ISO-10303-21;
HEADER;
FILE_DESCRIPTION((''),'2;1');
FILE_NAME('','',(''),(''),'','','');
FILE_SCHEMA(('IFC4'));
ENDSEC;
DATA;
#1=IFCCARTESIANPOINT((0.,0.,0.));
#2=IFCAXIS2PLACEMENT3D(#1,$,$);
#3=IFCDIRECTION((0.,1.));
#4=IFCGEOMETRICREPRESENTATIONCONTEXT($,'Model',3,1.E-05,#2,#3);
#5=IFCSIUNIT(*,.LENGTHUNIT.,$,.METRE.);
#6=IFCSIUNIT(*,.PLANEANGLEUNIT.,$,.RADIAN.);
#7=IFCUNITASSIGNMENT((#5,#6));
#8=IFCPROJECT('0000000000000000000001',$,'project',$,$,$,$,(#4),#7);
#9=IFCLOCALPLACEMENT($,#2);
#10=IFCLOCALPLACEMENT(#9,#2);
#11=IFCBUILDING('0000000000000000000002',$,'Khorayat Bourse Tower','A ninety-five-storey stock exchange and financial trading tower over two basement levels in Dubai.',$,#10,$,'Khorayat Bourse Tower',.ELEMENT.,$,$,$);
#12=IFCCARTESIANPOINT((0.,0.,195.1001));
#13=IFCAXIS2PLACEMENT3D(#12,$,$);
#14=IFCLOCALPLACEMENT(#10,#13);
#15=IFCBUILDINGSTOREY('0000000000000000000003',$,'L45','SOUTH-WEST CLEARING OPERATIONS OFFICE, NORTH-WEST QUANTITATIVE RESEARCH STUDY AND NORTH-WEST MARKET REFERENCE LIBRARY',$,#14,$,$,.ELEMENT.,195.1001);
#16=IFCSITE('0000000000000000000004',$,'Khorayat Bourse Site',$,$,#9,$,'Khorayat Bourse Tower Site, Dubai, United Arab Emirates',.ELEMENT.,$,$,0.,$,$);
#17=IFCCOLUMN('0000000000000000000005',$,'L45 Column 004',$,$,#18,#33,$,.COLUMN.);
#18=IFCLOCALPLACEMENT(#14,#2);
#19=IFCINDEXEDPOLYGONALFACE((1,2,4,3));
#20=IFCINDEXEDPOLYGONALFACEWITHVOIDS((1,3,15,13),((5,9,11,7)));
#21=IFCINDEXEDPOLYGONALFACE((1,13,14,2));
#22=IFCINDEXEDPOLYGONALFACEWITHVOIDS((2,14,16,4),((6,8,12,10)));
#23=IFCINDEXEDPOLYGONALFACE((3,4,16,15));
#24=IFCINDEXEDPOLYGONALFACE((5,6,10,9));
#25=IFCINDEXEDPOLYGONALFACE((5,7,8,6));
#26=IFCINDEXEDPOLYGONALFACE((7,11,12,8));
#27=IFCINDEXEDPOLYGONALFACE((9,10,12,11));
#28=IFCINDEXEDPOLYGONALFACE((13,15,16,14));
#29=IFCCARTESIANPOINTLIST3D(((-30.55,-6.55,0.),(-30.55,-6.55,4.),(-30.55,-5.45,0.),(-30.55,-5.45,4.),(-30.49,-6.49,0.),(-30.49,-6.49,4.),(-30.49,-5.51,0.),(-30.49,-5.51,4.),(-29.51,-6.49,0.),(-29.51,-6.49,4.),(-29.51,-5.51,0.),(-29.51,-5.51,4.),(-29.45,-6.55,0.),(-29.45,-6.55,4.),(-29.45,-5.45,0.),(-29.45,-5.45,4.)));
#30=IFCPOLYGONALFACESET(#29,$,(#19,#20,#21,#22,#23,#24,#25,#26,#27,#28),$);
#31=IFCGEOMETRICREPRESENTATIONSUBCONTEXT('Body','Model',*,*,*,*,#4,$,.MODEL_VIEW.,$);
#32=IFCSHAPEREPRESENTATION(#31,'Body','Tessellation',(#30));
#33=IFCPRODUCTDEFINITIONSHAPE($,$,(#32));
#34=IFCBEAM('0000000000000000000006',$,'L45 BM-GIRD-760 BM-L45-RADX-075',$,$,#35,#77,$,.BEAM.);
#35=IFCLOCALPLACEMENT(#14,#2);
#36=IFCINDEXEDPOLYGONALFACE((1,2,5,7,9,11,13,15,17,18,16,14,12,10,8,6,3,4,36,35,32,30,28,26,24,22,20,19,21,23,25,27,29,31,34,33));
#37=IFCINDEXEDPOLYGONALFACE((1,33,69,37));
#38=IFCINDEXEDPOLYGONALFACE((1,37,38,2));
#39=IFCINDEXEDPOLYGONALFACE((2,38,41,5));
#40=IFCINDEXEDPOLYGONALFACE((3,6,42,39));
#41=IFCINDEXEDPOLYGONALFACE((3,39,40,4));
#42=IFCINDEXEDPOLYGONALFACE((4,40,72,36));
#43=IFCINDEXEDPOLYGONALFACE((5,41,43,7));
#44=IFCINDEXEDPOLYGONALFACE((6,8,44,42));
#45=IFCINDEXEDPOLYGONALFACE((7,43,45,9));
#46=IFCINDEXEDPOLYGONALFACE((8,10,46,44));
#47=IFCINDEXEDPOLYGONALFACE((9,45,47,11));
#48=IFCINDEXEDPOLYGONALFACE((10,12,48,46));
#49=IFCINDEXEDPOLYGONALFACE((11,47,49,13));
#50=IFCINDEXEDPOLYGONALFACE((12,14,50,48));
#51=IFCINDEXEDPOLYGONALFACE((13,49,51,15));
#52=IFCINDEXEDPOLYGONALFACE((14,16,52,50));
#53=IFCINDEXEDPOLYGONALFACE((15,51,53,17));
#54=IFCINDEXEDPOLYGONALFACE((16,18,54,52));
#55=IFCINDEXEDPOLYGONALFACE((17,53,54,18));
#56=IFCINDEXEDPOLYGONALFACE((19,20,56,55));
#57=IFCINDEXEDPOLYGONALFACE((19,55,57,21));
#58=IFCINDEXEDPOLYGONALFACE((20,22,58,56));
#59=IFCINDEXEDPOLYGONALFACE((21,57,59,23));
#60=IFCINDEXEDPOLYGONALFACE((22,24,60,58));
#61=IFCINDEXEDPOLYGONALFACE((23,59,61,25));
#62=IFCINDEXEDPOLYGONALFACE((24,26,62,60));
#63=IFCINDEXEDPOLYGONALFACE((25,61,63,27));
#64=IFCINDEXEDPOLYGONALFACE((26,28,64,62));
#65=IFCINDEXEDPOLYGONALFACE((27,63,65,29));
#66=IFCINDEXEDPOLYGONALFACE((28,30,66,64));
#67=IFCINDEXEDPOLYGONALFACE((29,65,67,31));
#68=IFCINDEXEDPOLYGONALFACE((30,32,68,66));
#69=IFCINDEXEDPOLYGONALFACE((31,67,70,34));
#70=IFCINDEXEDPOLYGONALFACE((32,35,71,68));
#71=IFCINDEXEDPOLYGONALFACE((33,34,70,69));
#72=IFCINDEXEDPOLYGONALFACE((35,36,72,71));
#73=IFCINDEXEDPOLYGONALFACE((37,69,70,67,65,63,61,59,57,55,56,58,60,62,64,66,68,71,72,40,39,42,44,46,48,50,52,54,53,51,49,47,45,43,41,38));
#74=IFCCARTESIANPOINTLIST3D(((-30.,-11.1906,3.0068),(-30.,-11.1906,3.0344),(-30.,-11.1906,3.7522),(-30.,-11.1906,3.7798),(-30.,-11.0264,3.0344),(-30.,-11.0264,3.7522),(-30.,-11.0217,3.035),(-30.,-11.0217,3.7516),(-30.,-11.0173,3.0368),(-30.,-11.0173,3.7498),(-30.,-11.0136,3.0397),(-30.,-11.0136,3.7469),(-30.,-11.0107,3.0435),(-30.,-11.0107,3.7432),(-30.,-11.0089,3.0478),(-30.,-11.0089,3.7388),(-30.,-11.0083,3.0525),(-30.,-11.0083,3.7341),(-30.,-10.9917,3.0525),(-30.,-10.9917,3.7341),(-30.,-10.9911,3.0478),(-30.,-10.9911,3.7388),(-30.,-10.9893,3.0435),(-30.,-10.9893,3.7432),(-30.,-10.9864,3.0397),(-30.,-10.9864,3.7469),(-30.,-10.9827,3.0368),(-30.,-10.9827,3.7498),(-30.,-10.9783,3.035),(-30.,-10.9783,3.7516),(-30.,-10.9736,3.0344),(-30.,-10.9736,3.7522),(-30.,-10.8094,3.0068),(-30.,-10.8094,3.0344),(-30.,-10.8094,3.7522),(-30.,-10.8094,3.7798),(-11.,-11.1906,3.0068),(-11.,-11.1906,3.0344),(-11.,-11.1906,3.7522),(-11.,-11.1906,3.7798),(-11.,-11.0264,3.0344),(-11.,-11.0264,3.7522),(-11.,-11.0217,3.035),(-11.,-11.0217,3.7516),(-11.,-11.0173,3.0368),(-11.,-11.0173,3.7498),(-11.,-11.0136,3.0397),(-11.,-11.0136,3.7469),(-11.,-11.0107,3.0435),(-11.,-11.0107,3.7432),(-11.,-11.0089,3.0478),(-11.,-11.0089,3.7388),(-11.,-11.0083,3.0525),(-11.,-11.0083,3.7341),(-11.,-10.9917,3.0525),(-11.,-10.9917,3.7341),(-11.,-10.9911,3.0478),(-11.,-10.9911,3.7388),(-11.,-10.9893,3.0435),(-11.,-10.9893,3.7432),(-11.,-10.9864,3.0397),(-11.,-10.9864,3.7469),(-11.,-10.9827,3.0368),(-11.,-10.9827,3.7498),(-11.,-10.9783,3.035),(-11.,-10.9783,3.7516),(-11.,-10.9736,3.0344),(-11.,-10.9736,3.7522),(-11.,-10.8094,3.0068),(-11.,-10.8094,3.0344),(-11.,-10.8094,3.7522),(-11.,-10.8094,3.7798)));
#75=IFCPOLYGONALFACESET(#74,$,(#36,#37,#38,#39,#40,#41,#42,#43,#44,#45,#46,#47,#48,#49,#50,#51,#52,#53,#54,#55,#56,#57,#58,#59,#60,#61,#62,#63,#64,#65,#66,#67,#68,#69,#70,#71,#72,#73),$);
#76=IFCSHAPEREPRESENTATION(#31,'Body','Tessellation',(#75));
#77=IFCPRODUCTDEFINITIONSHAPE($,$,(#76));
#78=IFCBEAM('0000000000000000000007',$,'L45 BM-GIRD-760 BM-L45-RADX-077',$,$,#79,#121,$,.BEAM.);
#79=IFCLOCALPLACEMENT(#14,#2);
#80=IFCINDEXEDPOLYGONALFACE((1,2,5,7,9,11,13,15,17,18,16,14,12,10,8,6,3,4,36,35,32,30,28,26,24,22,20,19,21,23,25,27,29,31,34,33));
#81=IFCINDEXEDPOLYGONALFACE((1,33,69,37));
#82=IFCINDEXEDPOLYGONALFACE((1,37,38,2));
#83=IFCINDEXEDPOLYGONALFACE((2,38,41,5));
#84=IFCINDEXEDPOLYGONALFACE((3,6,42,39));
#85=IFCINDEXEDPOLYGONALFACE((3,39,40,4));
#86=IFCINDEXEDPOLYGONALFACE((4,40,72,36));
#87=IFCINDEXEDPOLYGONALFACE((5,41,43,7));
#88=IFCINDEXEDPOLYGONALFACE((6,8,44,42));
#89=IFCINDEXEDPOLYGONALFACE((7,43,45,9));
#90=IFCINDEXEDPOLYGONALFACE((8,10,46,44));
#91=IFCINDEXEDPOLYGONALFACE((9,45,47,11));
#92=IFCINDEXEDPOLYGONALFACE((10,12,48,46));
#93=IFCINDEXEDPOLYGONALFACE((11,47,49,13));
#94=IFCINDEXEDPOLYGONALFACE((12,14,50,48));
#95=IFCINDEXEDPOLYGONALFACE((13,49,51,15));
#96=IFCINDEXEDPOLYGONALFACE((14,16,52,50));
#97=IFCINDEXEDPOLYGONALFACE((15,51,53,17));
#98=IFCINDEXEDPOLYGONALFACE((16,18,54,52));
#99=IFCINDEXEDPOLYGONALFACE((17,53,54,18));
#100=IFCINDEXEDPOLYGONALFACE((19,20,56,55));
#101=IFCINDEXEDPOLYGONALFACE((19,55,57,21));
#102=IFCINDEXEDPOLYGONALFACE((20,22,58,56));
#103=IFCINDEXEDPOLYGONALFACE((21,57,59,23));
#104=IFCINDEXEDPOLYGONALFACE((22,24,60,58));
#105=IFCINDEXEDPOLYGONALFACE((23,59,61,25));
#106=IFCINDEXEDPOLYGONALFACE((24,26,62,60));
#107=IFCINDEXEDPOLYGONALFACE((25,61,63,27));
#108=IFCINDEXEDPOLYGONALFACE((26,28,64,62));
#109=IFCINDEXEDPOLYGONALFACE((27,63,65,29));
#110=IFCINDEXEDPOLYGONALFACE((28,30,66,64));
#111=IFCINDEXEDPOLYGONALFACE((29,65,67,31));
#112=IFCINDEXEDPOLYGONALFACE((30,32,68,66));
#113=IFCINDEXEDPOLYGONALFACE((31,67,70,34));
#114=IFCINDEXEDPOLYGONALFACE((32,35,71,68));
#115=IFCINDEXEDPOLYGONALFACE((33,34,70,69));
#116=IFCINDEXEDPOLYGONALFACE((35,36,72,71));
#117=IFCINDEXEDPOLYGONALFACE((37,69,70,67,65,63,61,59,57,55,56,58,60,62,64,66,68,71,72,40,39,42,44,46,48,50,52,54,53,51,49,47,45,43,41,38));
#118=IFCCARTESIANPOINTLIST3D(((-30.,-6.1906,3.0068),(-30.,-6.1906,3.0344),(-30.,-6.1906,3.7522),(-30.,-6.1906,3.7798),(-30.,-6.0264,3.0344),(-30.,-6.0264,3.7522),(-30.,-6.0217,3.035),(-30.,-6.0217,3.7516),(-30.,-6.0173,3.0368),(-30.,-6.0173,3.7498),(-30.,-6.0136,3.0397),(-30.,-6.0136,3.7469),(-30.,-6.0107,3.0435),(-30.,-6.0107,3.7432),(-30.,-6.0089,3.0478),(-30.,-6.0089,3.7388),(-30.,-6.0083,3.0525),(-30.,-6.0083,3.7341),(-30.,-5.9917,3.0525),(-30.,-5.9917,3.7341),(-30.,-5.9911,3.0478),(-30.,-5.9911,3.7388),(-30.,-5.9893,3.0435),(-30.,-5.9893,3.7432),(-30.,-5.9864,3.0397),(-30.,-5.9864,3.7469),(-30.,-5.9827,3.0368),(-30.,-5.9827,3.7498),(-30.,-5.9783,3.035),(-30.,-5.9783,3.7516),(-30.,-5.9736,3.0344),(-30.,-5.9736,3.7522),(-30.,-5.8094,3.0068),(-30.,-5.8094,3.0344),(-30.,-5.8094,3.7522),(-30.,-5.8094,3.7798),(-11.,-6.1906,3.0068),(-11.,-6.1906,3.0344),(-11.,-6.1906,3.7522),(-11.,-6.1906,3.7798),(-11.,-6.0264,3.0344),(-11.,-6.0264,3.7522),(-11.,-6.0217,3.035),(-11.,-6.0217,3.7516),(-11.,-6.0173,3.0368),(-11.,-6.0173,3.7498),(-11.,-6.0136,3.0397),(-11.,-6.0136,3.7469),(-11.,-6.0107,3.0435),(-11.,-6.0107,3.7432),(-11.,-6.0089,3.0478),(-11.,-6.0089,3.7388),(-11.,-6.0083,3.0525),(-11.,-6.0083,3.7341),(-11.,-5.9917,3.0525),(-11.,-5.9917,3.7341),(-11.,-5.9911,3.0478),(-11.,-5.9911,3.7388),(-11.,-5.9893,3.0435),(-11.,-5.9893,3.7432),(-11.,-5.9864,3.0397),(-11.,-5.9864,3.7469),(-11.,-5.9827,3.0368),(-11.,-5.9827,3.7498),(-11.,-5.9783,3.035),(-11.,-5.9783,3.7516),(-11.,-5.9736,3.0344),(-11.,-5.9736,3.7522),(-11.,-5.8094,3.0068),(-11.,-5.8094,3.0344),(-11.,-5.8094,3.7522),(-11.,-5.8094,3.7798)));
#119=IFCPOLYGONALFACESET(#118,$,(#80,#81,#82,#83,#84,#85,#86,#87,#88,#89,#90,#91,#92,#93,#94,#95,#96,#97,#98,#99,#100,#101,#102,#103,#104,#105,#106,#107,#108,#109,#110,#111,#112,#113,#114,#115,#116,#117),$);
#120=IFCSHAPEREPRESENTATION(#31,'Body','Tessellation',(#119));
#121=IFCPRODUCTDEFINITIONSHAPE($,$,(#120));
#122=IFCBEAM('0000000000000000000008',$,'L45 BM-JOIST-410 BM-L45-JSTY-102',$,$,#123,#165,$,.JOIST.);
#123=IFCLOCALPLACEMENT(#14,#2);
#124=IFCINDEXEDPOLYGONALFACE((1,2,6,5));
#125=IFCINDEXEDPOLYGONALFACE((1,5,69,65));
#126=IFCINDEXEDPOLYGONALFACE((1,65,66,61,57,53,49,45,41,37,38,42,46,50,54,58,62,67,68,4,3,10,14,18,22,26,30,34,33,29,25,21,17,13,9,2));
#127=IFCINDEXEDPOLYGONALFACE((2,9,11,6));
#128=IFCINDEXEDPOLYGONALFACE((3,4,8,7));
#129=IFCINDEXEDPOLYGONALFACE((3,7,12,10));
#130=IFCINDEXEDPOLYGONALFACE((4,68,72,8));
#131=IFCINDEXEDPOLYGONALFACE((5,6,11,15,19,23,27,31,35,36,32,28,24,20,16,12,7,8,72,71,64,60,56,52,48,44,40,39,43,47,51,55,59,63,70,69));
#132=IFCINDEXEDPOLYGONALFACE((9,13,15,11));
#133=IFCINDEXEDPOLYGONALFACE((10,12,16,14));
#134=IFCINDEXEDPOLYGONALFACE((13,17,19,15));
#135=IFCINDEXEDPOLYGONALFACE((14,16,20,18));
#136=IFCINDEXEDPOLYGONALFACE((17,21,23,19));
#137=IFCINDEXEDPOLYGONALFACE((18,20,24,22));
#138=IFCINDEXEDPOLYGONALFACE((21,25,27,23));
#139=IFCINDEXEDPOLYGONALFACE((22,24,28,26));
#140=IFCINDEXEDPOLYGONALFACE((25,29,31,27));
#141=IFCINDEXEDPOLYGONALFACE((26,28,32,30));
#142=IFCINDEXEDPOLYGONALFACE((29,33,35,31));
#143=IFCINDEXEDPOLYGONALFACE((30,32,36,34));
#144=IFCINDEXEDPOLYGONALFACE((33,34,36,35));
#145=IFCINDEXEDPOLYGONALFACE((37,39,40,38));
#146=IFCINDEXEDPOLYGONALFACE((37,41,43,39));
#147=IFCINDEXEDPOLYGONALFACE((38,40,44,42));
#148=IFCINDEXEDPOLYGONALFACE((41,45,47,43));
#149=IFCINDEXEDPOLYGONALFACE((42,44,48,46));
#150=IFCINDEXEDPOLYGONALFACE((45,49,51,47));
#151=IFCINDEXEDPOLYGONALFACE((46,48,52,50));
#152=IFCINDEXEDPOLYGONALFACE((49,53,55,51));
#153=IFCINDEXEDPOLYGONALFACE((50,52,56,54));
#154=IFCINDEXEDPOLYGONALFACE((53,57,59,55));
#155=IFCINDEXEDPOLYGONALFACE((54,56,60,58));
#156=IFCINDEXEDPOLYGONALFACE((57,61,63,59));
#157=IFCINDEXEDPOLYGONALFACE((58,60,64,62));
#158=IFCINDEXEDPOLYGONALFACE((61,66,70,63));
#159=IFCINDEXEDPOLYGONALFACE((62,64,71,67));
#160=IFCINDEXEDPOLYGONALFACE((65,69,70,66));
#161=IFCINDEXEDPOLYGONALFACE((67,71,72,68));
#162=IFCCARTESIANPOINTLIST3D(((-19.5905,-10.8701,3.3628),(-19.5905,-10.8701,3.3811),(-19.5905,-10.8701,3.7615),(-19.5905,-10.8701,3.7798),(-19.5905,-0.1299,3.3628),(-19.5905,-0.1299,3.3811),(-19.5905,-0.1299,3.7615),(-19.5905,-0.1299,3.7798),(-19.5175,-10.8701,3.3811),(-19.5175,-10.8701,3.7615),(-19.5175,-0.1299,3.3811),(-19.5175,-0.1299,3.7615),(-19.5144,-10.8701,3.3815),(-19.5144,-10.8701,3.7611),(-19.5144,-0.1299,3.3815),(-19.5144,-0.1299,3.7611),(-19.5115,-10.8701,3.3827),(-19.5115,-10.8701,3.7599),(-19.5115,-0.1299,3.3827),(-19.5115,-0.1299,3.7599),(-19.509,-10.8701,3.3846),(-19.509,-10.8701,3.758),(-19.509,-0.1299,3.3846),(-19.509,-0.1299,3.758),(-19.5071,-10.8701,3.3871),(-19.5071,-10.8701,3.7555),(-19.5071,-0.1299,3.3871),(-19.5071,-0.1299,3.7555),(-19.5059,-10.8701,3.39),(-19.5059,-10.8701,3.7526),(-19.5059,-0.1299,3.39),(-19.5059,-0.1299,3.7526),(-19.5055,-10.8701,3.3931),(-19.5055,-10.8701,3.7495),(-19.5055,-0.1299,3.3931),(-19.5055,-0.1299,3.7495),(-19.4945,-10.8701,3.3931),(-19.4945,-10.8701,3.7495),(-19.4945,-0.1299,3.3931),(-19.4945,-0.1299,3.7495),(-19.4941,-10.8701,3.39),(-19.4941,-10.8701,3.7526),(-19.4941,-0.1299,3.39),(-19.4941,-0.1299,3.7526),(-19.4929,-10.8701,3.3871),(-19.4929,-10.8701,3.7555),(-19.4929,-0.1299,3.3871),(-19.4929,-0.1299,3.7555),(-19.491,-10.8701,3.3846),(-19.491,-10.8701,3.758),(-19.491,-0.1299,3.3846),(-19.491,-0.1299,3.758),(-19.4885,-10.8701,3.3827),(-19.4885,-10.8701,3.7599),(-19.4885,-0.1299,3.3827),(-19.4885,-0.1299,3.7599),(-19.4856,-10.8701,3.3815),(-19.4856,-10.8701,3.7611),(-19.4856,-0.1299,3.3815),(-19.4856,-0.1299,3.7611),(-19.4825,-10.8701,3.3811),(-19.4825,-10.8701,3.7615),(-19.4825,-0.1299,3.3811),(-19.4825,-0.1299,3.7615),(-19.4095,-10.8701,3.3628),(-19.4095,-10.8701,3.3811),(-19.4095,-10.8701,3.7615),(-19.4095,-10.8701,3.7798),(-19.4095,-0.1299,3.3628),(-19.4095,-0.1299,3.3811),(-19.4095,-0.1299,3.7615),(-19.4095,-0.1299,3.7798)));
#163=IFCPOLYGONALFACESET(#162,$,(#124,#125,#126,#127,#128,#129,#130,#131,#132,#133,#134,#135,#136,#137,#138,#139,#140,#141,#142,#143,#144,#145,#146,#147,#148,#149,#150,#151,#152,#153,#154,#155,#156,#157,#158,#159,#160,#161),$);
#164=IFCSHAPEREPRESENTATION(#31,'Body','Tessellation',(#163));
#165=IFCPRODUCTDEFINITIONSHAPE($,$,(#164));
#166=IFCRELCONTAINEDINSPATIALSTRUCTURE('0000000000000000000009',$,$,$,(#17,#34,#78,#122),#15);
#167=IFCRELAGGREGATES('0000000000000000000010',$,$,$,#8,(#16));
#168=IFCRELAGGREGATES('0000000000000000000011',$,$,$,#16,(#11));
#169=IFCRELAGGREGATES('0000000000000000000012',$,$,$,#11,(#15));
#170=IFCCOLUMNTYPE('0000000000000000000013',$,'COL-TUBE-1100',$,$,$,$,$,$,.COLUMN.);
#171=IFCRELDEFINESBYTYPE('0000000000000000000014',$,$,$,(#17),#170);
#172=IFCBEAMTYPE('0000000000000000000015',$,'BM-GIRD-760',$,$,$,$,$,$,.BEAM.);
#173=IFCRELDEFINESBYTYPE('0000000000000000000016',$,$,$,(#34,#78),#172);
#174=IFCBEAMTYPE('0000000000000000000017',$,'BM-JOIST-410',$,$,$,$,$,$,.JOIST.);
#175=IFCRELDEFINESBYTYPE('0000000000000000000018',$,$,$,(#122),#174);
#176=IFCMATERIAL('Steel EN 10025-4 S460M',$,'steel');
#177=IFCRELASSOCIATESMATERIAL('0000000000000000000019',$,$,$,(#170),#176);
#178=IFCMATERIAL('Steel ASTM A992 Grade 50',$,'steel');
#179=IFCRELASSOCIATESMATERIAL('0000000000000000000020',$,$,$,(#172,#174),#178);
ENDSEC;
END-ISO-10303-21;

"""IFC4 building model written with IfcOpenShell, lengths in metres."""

from ifc_helpers import new_model, si_unit, direction, frame, origin, origin_2d, place, context, subcontext, project, spatial, hollow_rectangle, i_section, extrude, source, transform, mapped, material, material_profile, profile_set, type_object, element, save


model = new_model("IFC4")

# Units and contexts
model_context = context("Model", 3, precision=1e-05, world=origin(), true_north=direction((0.0, 1.0)))
body_context = subcontext(model_context, "Body", "Model", "MODEL_VIEW")
ifc_project = project(units=[si_unit("LENGTHUNIT", "METRE"), si_unit("PLANEANGLEUNIT", "RADIAN")], contexts=[model_context])

# Site, building, storey
site_placement = place(None, origin())
site = spatial("IfcSite", under=ifc_project, at=site_placement, Name="Khorayat Bourse Site", LongName="Khorayat Bourse Tower Site, Dubai, United Arab Emirates", CompositionType="ELEMENT", RefElevation=0.0)
building_placement = place(site_placement, origin())
building = spatial("IfcBuilding", under=site, at=building_placement, Name="Khorayat Bourse Tower", Description="A ninety-five-storey stock exchange and financial trading tower over two basement levels in Dubai.", LongName="Khorayat Bourse Tower", CompositionType="ELEMENT")
storey_placement = place(building_placement, frame((0.0, 0.0, 195.1001)))
storey = spatial("IfcBuildingStorey", under=building, at=storey_placement, Name="L45", Description="SOUTH-WEST CLEARING OPERATIONS OFFICE, NORTH-WEST QUANTITATIVE RESEARCH STUDY AND NORTH-WEST MARKET REFERENCE LIBRARY", CompositionType="ELEMENT", Elevation=195.1001)

# Column
ifc_material_1 = material(Name="Steel EN 10025-4 S460M", Category="steel")
ifc_material_profile_1 = material_profile(ifc_material_1, hollow_rectangle(XDim=1.1001, YDim=1.1001, WallThickness=0.0601, at=origin_2d()), Name="BOX 1100x1100x60")
ifc_profile_set_1 = profile_set([ifc_material_profile_1], Name="Steel EN 10025-4 S460M")
column_type = type_object("IfcColumnType", Name="COL-TUBE-1100", PredefinedType="COLUMN", material=ifc_profile_set_1)
shared_shape_1 = source(origin(), body_context, "Body", "SweptSolid", [
    extrude(hollow_rectangle(XDim=1.1001, YDim=1.1001, WallThickness=0.0601, at=origin_2d()), origin(), (0.0, 0.0, 1.0), 4.0),
])
column_placement = place(storey_placement, frame((-30.0, -6.0, 0.0), z_axis=(0.0, 0.0, 1.0), x_axis=(1.0, 0.0, 0.0)))
element("IfcColumn", 1, at=column_placement, inside=storey, type_object=column_type, Name="L45 Column 004", PredefinedType="COLUMN", context=body_context, shape_type="MappedRepresentation", body=[
    mapped(shared_shape_1, transform((0.0, 0.0, 0.0), scale=1.0)),
])

# Beams
ifc_material_2 = material(Name="Steel ASTM A992 Grade 50", Category="steel")
ifc_material_profile_2 = material_profile(ifc_material_2, i_section(OverallWidth=0.3811, OverallDepth=0.7729, WebThickness=0.0166, FlangeThickness=0.0276, FilletRadius=0.0181, at=origin_2d()), Name="W760X257")
ifc_profile_set_2 = profile_set([ifc_material_profile_2], Name="Steel ASTM A992 Grade 50")
beam_type_1 = type_object("IfcBeamType", Name="BM-GIRD-760", PredefinedType="BEAM", material=ifc_profile_set_2)
shared_shape_2 = source(origin(), body_context, "Body", "SweptSolid", [
    extrude(i_section(OverallWidth=0.3811, OverallDepth=0.7729, WebThickness=0.0166, FlangeThickness=0.0276, FilletRadius=0.0181, at=origin_2d()), origin(), (0.0, 0.0, 1.0), 19.0),
])
for number, where, z_axis, x_axis, name in (
    (2, (-30.0, -11.0, 3.3933), (1.0, 0.0, 0.0), (0.0, 1.0, 0.0), "L45 BM-GIRD-760 BM-L45-RADX-075"),
    (3, (-30.0, -6.0, 3.3933), (1.0, 0.0, 0.0), (0.0, 1.0, 0.0), "L45 BM-GIRD-760 BM-L45-RADX-077"),
):
    element("IfcBeam", number, at=place(storey_placement, frame(where, z_axis=z_axis, x_axis=x_axis)), inside=storey, type_object=beam_type_1, Name=name, PredefinedType="BEAM", context=body_context, shape_type="MappedRepresentation", body=[
        mapped(shared_shape_2, transform((0.0, 0.0, 0.0), scale=1.0)),
    ])
ifc_material_profile_3 = material_profile(ifc_material_2, i_section(OverallWidth=0.1809, OverallDepth=0.417, WebThickness=0.011, FlangeThickness=0.0183, FilletRadius=0.012, at=origin_2d()), Name="W410X85")
ifc_profile_set_3 = profile_set([ifc_material_profile_3], Name="Steel ASTM A992 Grade 50")
beam_type_2 = type_object("IfcBeamType", Name="BM-JOIST-410", PredefinedType="JOIST", material=ifc_profile_set_3)
shared_shape_3 = source(origin(), body_context, "Body", "SweptSolid", [
    extrude(i_section(OverallWidth=0.1809, OverallDepth=0.417, WebThickness=0.011, FlangeThickness=0.0183, FilletRadius=0.012, at=origin_2d()), origin(), (0.0, 0.0, 1.0), 10.7402),
])
beam_1_placement = place(storey_placement, frame((-19.5, -10.8701, 3.5713), z_axis=(0.0, 1.0, 0.0), x_axis=(-1.0, 0.0, 0.0)))
element("IfcBeam", 4, at=beam_1_placement, inside=storey, type_object=beam_type_2, Name="L45 BM-JOIST-410 BM-L45-JSTY-102", PredefinedType="JOIST", context=body_context, shape_type="MappedRepresentation", body=[
    mapped(shared_shape_3, transform((0.0, 0.0, 0.0), scale=1.0)),
])

save(model, "model.ifc")
